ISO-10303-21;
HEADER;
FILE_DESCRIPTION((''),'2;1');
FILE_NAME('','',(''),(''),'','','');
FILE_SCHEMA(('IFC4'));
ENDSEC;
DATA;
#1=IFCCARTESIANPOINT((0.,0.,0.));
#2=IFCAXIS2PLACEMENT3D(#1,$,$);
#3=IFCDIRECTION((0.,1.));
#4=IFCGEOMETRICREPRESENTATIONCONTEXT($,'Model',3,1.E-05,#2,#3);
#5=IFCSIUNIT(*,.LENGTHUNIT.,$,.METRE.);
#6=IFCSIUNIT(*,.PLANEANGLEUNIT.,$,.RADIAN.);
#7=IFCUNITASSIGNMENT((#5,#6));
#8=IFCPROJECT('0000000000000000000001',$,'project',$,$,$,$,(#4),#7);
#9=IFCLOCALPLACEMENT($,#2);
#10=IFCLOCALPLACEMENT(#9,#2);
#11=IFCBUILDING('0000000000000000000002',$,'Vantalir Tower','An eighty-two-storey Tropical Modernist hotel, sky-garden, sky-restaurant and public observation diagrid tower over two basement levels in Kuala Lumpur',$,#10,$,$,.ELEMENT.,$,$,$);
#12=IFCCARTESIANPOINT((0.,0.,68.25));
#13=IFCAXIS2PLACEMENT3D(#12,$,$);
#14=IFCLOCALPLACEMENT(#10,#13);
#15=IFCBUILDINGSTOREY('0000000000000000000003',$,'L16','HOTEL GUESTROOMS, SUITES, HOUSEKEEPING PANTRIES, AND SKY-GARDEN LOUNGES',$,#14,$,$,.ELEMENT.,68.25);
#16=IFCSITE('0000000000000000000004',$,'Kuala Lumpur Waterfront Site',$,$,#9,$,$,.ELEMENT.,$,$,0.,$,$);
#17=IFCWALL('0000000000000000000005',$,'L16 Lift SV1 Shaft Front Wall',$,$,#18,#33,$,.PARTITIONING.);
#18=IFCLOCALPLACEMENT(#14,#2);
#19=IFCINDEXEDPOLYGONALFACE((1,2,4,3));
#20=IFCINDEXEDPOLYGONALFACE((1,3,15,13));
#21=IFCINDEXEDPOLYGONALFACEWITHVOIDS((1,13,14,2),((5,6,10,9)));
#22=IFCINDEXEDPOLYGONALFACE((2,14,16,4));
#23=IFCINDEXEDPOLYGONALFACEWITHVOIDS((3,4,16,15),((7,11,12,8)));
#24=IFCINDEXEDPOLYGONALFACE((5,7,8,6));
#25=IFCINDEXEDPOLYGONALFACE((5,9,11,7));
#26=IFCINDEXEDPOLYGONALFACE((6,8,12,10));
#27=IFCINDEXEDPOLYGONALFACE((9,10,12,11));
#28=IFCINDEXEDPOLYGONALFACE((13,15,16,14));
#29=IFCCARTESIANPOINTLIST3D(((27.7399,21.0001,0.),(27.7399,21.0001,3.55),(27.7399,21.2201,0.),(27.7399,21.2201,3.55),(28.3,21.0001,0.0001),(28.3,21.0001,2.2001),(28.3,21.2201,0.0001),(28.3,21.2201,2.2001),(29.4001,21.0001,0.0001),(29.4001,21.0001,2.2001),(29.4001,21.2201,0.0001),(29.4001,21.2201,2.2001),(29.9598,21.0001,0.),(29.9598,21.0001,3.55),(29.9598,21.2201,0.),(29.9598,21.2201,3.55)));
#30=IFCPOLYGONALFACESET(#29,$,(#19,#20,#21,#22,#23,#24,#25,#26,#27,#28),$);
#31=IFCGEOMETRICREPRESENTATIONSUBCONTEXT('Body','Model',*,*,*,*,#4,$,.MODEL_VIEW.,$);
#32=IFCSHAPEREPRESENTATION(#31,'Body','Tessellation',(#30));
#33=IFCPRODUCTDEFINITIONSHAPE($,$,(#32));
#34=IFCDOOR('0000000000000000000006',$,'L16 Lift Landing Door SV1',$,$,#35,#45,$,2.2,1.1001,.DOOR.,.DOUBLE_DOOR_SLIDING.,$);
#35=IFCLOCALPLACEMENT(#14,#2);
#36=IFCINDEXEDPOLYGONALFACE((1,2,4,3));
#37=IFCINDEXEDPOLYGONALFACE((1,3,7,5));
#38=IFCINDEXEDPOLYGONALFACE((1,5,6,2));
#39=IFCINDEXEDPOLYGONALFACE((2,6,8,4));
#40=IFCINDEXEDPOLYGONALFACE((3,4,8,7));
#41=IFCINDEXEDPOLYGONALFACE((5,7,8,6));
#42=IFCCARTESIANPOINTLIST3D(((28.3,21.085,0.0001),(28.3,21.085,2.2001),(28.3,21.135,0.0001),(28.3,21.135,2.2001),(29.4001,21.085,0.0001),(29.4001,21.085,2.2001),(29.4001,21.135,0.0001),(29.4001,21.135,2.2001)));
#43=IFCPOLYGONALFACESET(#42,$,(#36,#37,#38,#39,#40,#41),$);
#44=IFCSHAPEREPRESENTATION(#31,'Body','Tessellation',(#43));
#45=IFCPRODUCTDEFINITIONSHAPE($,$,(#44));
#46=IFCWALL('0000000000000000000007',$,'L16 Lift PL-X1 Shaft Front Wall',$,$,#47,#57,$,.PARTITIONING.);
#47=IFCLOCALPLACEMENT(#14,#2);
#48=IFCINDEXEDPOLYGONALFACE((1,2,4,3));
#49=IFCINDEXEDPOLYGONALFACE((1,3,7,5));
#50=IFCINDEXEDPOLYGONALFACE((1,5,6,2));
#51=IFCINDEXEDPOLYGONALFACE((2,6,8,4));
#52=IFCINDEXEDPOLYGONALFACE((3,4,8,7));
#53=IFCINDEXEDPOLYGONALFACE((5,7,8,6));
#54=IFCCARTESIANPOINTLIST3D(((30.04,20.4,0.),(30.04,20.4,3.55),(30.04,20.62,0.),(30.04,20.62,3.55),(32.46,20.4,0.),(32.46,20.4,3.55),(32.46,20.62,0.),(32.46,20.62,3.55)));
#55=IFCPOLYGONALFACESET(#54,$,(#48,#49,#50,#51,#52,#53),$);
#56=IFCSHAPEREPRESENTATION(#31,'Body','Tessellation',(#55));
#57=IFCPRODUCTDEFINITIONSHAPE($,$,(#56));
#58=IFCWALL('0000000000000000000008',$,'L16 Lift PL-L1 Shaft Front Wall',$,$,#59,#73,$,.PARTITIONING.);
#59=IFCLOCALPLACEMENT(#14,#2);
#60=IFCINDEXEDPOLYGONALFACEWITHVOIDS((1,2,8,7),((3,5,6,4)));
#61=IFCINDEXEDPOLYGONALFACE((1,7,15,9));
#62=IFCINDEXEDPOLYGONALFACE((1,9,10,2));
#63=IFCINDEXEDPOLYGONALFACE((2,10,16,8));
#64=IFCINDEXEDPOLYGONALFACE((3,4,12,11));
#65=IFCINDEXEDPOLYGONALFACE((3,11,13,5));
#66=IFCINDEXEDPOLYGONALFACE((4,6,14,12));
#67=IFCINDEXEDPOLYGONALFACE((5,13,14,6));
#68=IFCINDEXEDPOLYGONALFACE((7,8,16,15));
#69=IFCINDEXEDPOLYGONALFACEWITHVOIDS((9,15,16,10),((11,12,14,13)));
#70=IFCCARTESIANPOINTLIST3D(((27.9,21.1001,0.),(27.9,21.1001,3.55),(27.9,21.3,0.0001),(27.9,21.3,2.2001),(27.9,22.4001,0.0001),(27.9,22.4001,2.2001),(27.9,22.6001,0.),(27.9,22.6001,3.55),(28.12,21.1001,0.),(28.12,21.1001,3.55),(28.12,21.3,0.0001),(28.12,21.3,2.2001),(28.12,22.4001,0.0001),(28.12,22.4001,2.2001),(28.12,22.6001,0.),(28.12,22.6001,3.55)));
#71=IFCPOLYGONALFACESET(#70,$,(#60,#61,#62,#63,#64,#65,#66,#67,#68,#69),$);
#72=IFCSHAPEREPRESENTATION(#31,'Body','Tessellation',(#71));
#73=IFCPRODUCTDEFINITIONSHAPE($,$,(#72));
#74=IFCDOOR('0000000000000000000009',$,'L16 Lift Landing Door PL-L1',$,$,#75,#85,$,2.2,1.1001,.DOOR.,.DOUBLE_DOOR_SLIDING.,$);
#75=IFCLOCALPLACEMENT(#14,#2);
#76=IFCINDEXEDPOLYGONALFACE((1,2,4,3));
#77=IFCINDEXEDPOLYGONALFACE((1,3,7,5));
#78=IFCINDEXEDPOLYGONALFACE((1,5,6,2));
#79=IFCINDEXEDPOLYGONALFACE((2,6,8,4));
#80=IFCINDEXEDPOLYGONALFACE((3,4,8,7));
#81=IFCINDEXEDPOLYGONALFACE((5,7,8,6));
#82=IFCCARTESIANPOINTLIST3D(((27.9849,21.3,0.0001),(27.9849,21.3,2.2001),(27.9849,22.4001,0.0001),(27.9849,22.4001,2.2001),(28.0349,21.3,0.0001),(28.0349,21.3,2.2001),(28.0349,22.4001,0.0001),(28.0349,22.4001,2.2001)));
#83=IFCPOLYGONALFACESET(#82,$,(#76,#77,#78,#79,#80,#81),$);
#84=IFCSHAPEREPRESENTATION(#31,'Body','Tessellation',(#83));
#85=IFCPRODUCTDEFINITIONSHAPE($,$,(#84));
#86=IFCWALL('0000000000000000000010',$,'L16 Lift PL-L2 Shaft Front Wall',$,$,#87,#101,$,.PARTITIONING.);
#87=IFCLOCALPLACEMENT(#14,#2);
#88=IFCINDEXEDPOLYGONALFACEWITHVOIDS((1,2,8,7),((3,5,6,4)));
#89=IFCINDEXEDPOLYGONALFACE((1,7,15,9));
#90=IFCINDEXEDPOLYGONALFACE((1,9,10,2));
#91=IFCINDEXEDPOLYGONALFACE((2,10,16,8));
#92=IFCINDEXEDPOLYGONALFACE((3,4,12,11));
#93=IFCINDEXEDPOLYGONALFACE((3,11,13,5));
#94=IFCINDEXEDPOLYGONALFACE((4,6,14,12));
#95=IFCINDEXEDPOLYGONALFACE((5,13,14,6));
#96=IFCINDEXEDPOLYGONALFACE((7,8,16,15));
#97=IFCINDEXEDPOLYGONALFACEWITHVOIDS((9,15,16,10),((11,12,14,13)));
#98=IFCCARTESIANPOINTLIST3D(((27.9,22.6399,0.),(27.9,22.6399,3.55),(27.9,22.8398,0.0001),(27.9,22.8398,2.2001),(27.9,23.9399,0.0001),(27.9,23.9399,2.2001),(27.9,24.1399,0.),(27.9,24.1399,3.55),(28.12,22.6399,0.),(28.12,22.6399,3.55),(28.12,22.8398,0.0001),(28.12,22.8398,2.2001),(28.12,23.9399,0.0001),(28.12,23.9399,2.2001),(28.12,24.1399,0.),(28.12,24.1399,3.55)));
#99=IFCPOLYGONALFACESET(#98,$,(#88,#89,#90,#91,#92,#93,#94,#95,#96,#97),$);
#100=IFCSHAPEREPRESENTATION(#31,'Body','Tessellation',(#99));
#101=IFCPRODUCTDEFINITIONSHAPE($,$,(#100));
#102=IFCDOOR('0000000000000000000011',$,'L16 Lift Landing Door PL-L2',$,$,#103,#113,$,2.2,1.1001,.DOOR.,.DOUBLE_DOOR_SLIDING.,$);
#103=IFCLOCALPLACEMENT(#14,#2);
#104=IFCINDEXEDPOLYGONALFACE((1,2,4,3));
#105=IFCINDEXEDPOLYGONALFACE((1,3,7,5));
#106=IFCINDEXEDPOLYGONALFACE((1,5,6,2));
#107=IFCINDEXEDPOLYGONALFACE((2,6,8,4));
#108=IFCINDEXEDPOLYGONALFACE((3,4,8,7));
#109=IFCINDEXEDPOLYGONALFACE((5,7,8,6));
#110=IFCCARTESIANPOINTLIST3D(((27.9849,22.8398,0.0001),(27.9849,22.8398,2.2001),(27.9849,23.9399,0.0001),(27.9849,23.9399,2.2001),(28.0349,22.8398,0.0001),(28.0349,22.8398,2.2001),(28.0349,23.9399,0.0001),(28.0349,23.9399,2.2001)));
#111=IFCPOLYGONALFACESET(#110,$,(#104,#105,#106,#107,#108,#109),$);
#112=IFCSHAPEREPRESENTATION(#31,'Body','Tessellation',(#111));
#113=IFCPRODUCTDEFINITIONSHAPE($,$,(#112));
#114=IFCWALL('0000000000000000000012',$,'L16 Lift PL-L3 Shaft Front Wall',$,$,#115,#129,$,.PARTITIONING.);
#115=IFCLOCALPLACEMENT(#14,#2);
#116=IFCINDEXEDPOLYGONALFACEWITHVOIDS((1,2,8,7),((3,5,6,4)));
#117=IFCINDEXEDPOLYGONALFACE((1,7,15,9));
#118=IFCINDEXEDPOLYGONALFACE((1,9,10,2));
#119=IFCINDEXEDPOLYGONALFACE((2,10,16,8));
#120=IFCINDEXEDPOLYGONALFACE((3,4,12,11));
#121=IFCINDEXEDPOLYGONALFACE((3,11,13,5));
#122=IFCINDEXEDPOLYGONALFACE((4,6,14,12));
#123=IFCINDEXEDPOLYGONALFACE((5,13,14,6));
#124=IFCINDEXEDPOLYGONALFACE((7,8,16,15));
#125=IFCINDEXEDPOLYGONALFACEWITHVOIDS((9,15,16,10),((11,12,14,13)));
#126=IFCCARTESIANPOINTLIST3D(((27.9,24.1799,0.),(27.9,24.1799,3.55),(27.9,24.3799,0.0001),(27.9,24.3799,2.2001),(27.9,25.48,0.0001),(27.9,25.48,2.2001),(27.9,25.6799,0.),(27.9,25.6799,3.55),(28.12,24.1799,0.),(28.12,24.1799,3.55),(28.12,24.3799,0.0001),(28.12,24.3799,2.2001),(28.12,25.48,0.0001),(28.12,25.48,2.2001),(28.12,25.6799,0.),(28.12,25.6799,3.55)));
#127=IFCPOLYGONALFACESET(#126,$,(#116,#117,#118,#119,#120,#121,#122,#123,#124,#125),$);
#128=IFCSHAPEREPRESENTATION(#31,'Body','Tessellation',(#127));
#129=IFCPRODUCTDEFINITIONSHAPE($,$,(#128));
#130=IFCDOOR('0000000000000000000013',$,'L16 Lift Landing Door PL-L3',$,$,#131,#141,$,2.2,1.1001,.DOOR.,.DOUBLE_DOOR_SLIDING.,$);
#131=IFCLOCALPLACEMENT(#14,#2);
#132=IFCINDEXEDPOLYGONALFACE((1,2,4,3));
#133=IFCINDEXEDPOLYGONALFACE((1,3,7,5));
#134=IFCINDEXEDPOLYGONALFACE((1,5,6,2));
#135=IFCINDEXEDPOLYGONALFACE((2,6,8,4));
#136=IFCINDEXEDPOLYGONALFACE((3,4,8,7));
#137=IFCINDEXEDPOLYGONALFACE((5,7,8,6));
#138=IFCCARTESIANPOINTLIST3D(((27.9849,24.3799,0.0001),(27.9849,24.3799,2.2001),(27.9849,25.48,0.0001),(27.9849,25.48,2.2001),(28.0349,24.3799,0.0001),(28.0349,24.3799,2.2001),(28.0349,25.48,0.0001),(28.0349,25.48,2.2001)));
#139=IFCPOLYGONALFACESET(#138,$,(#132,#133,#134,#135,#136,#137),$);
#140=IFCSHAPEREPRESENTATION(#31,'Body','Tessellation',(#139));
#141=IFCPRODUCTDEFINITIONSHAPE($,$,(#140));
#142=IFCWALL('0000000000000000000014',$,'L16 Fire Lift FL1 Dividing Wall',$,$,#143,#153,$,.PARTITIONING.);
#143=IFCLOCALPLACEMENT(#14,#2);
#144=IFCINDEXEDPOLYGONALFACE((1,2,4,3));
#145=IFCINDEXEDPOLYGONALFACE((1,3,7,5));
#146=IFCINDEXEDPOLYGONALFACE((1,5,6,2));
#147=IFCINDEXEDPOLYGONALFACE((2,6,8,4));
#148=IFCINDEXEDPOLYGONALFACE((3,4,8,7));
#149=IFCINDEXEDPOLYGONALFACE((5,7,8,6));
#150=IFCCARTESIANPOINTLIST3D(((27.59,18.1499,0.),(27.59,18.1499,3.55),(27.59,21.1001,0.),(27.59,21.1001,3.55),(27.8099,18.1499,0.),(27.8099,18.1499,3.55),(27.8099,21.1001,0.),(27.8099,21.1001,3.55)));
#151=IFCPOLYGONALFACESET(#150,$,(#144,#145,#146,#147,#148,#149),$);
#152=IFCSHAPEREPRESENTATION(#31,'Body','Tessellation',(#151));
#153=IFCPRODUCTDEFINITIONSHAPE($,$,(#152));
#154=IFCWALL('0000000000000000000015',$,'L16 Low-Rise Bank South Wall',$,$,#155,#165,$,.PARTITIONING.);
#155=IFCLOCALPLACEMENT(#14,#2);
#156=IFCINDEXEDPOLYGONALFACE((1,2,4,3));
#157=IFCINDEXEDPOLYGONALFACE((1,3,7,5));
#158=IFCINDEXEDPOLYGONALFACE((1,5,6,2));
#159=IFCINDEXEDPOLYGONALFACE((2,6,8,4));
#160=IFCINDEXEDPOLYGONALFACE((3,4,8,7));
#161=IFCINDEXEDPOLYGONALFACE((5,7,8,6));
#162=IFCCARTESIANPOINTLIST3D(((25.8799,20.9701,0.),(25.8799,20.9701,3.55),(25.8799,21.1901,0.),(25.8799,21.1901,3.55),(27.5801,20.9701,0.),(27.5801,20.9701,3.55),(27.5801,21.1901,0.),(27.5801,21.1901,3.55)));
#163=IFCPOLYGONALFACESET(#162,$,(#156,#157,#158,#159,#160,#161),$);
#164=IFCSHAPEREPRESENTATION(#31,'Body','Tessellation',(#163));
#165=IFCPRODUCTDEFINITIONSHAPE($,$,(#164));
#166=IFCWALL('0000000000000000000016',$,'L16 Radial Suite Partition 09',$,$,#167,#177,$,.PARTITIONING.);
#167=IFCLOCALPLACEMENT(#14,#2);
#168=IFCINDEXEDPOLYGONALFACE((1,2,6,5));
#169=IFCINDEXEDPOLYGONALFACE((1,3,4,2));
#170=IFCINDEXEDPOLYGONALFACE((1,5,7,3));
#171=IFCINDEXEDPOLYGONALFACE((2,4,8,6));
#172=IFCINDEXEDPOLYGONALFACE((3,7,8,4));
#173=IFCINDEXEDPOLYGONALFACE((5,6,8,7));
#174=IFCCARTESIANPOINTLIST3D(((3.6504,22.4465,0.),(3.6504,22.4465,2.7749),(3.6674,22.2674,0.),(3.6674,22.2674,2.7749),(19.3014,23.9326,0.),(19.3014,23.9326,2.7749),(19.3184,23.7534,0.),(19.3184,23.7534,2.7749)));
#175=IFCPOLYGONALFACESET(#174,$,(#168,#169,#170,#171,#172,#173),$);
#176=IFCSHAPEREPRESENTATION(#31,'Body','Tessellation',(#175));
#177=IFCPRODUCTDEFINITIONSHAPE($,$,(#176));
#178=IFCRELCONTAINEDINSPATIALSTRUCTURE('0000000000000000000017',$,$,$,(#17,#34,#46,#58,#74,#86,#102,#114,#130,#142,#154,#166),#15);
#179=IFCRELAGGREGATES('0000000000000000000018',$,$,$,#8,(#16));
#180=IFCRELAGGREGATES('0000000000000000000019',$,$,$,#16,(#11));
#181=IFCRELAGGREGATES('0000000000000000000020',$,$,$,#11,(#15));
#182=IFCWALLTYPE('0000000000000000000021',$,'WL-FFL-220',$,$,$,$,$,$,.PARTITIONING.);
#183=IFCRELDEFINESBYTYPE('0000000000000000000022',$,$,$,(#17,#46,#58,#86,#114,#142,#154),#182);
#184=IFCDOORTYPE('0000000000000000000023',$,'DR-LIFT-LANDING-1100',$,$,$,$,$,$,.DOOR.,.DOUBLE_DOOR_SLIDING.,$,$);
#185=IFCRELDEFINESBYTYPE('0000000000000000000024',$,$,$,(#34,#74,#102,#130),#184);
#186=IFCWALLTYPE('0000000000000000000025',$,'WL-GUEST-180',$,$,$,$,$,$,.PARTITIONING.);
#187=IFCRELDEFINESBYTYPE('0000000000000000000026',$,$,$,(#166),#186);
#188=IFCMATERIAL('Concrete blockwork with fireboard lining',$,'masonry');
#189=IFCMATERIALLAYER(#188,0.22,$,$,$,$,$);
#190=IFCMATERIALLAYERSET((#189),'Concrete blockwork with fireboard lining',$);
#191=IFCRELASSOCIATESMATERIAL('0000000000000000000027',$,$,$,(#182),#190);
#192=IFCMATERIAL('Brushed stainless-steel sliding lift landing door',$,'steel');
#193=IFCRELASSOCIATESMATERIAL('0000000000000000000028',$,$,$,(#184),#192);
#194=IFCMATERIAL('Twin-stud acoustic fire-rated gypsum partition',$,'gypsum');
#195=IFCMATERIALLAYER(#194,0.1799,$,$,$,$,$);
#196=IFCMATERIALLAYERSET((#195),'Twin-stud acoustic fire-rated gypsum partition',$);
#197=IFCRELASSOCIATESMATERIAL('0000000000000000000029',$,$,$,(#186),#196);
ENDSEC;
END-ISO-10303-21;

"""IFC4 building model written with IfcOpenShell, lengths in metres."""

from ifc_helpers import new_model, si_unit, direction, frame, frame_2d, origin, place, context, subcontext, project, spatial, rectangle, extrude, material, layer, layer_set, type_object, element, fill, save


model = new_model("IFC4")

# Units and contexts
model_context = context("Model", 3, precision=1e-05, world=origin(), true_north=direction((0.0, 1.0)))
body_context = subcontext(model_context, "Body", "Model", "MODEL_VIEW")
ifc_project = project(units=[si_unit("LENGTHUNIT", "METRE"), si_unit("PLANEANGLEUNIT", "RADIAN")], contexts=[model_context])

# Site, building, storey
site_placement = place(None, origin())
site = spatial("IfcSite", under=ifc_project, at=site_placement, Name="Kuala Lumpur Waterfront Site", CompositionType="ELEMENT", RefElevation=0.0)
building_placement = place(site_placement, origin())
building = spatial("IfcBuilding", under=site, at=building_placement, Name="Vantalir Tower", Description="An eighty-two-storey Tropical Modernist hotel, sky-garden, sky-restaurant and public observation diagrid tower over two basement levels in Kuala Lumpur", CompositionType="ELEMENT")
storey_placement = place(building_placement, frame((0.0, 0.0, 68.25)))
storey = spatial("IfcBuildingStorey", under=building, at=storey_placement, Name="L16", Description="HOTEL GUESTROOMS, SUITES, HOUSEKEEPING PANTRIES, AND SKY-GARDEN LOUNGES", CompositionType="ELEMENT", Elevation=68.25)

# Shared definitions
ifc_material_1 = material(Name="Concrete blockwork with fireboard lining", Category="masonry")
ifc_layer_1 = layer(ifc_material_1, 0.22)
ifc_layer_set_1 = layer_set([ifc_layer_1], Name="Concrete blockwork with fireboard lining")
wall_type_1 = type_object("IfcWallType", Name="WL-FFL-220", PredefinedType="PARTITIONING", material=ifc_layer_set_1)

# Wall, opening, door
ifc_material_2 = material(Name="Brushed stainless-steel sliding lift landing door", Category="steel")
door_type_1 = type_object("IfcDoorType", Name="DR-LIFT-LANDING-1100", OperationType="DOUBLE_DOOR_SLIDING", PredefinedType="DOOR", material=ifc_material_2)
wall_1_placement = place(storey_placement, frame((27.74, 21.1101, 0.0), z_axis=(0.0, 0.0, 1.0), x_axis=(1.0, 0.0, 0.0)))
wall_1 = element("IfcWall", 1, at=wall_1_placement, inside=storey, type_object=wall_type_1, Name="L16 Lift SV1 Shaft Front Wall", PredefinedType="PARTITIONING", context=body_context, shape_type="SweptSolid", body=[
    extrude(rectangle(XDim=2.22, YDim=0.22, at=frame_2d((1.1099, 0.0))), origin(), (0.0, 0.0, 1.0), 3.55),
])
opening_1_placement = place(wall_1_placement, frame((0.5601, 0.0, 0.0)))
opening_1 = element("IfcOpeningElement", 2, at=opening_1_placement, cuts=wall_1, PredefinedType="OPENING", context=body_context, shape_type="SweptSolid", body=[
    extrude(rectangle(XDim=1.1001, YDim=2.2, at=frame_2d((0.55, 1.1001))), frame((0.0, 0.1199, 0.0), z_axis=(0.0, -1.0, 0.0), x_axis=(1.0, 0.0, 0.0)), (0.0, 0.0, 1.0), 0.24),
])
door_1_placement = place(opening_1_placement, origin())
door_1 = element("IfcDoor", 3, at=door_1_placement, inside=storey, type_object=door_type_1, Name="L16 Lift Landing Door SV1", OperationType="DOUBLE_DOOR_SLIDING", OverallHeight=2.2, OverallWidth=1.1001, PredefinedType="DOOR", context=body_context, shape_type="SweptSolid", body=[
    extrude(rectangle(XDim=1.1001, YDim=2.2, at=frame_2d((0.55, 1.1001))), frame((0.0, 0.0249, 0.0), z_axis=(0.0, -1.0, 0.0), x_axis=(1.0, 0.0, 0.0)), (0.0, 0.0, 1.0), 0.05),
])
fill(opening_1, door_1)

# Wall
wall_2_placement = place(storey_placement, frame((30.04, 20.51, 0.0), z_axis=(0.0, 0.0, 1.0), x_axis=(1.0, 0.0, 0.0)))
element("IfcWall", 4, at=wall_2_placement, inside=storey, type_object=wall_type_1, Name="L16 Lift PL-X1 Shaft Front Wall", PredefinedType="PARTITIONING", context=body_context, shape_type="SweptSolid", body=[
    extrude(rectangle(XDim=2.4199, YDim=0.22, at=frame_2d((1.21, 0.0))), origin(), (0.0, 0.0, 1.0), 3.55),
])

# Walls, openings, doors
wall_3_placement = place(storey_placement, frame((28.01, 21.1001, 0.0), z_axis=(0.0, 0.0, 1.0), x_axis=(0.0, 1.0, 0.0)))
wall_3 = element("IfcWall", 5, at=wall_3_placement, inside=storey, type_object=wall_type_1, Name="L16 Lift PL-L1 Shaft Front Wall", PredefinedType="PARTITIONING", context=body_context, shape_type="SweptSolid", body=[
    extrude(rectangle(XDim=1.5, YDim=0.22, at=frame_2d((0.75, 0.0))), origin(), (0.0, 0.0, 1.0), 3.55),
])
opening_2_placement = place(wall_3_placement, frame((0.2, 0.0, 0.0)))
opening_2 = element("IfcOpeningElement", 6, at=opening_2_placement, cuts=wall_3, PredefinedType="OPENING", context=body_context, shape_type="SweptSolid", body=[
    extrude(rectangle(XDim=1.1001, YDim=2.2, at=frame_2d((0.55, 1.1001))), frame((0.0, 0.1199, 0.0), z_axis=(0.0, -1.0, 0.0), x_axis=(1.0, 0.0, 0.0)), (0.0, 0.0, 1.0), 0.24),
])
door_2_placement = place(opening_2_placement, frame((1.1001, 0.0, 0.0), z_axis=(0.0, 0.0, 1.0), x_axis=(-1.0, 0.0, 0.0)))
door_2 = element("IfcDoor", 7, at=door_2_placement, inside=storey, type_object=door_type_1, Name="L16 Lift Landing Door PL-L1", OperationType="DOUBLE_DOOR_SLIDING", OverallHeight=2.2, OverallWidth=1.1001, PredefinedType="DOOR", context=body_context, shape_type="SweptSolid", body=[
    extrude(rectangle(XDim=1.1001, YDim=2.2, at=frame_2d((0.55, 1.1001))), frame((0.0, 0.0249, 0.0), z_axis=(0.0, -1.0, 0.0), x_axis=(1.0, 0.0, 0.0)), (0.0, 0.0, 1.0), 0.05),
])
fill(opening_2, door_2)
wall_4_placement = place(storey_placement, frame((28.01, 22.6399, 0.0), z_axis=(0.0, 0.0, 1.0), x_axis=(0.0, 1.0, 0.0)))
wall_4 = element("IfcWall", 8, at=wall_4_placement, inside=storey, type_object=wall_type_1, Name="L16 Lift PL-L2 Shaft Front Wall", PredefinedType="PARTITIONING", context=body_context, shape_type="SweptSolid", body=[
    extrude(rectangle(XDim=1.5, YDim=0.22, at=frame_2d((0.75, 0.0))), origin(), (0.0, 0.0, 1.0), 3.55),
])
opening_3_placement = place(wall_4_placement, frame((0.2, 0.0, 0.0)))
opening_3 = element("IfcOpeningElement", 9, at=opening_3_placement, cuts=wall_4, PredefinedType="OPENING", context=body_context, shape_type="SweptSolid", body=[
    extrude(rectangle(XDim=1.1001, YDim=2.2, at=frame_2d((0.55, 1.1001))), frame((0.0, 0.1199, 0.0), z_axis=(0.0, -1.0, 0.0), x_axis=(1.0, 0.0, 0.0)), (0.0, 0.0, 1.0), 0.24),
])
door_3_placement = place(opening_3_placement, frame((1.1001, 0.0, 0.0), z_axis=(0.0, 0.0, 1.0), x_axis=(-1.0, 0.0, 0.0)))
door_3 = element("IfcDoor", 10, at=door_3_placement, inside=storey, type_object=door_type_1, Name="L16 Lift Landing Door PL-L2", OperationType="DOUBLE_DOOR_SLIDING", OverallHeight=2.2, OverallWidth=1.1001, PredefinedType="DOOR", context=body_context, shape_type="SweptSolid", body=[
    extrude(rectangle(XDim=1.1001, YDim=2.2, at=frame_2d((0.55, 1.1001))), frame((0.0, 0.0249, 0.0), z_axis=(0.0, -1.0, 0.0), x_axis=(1.0, 0.0, 0.0)), (0.0, 0.0, 1.0), 0.05),
])
fill(opening_3, door_3)
wall_5_placement = place(storey_placement, frame((28.01, 24.1799, 0.0), z_axis=(0.0, 0.0, 1.0), x_axis=(0.0, 1.0, 0.0)))
wall_5 = element("IfcWall", 11, at=wall_5_placement, inside=storey, type_object=wall_type_1, Name="L16 Lift PL-L3 Shaft Front Wall", PredefinedType="PARTITIONING", context=body_context, shape_type="SweptSolid", body=[
    extrude(rectangle(XDim=1.5, YDim=0.22, at=frame_2d((0.75, 0.0))), origin(), (0.0, 0.0, 1.0), 3.55),
])
opening_4_placement = place(wall_5_placement, frame((0.2, 0.0, 0.0)))
opening_4 = element("IfcOpeningElement", 12, at=opening_4_placement, cuts=wall_5, PredefinedType="OPENING", context=body_context, shape_type="SweptSolid", body=[
    extrude(rectangle(XDim=1.1001, YDim=2.2, at=frame_2d((0.55, 1.1001))), frame((0.0, 0.1199, 0.0), z_axis=(0.0, -1.0, 0.0), x_axis=(1.0, 0.0, 0.0)), (0.0, 0.0, 1.0), 0.24),
])
door_4_placement = place(opening_4_placement, frame((1.1001, 0.0, 0.0), z_axis=(0.0, 0.0, 1.0), x_axis=(-1.0, 0.0, 0.0)))
door_4 = element("IfcDoor", 13, at=door_4_placement, inside=storey, type_object=door_type_1, Name="L16 Lift Landing Door PL-L3", OperationType="DOUBLE_DOOR_SLIDING", OverallHeight=2.2, OverallWidth=1.1001, PredefinedType="DOOR", context=body_context, shape_type="SweptSolid", body=[
    extrude(rectangle(XDim=1.1001, YDim=2.2, at=frame_2d((0.55, 1.1001))), frame((0.0, 0.0249, 0.0), z_axis=(0.0, -1.0, 0.0), x_axis=(1.0, 0.0, 0.0)), (0.0, 0.0, 1.0), 0.05),
])
fill(opening_4, door_4)

# Walls
wall_6_placement = place(storey_placement, frame((27.7, 18.1499, 0.0), z_axis=(0.0, 0.0, 1.0), x_axis=(0.0, 1.0, 0.0)))
element("IfcWall", 14, at=wall_6_placement, inside=storey, type_object=wall_type_1, Name="L16 Fire Lift FL1 Dividing Wall", PredefinedType="PARTITIONING", context=body_context, shape_type="SweptSolid", body=[
    extrude(rectangle(XDim=2.9502, YDim=0.22, at=frame_2d((1.4751, 0.0))), origin(), (0.0, 0.0, 1.0), 3.55),
])
wall_7_placement = place(storey_placement, frame((25.8799, 21.0801, 0.0), z_axis=(0.0, 0.0, 1.0), x_axis=(1.0, 0.0, 0.0)))
element("IfcWall", 15, at=wall_7_placement, inside=storey, type_object=wall_type_1, Name="L16 Low-Rise Bank South Wall", PredefinedType="PARTITIONING", context=body_context, shape_type="SweptSolid", body=[
    extrude(rectangle(XDim=1.7002, YDim=0.22, at=frame_2d((0.8501, 0.0))), origin(), (0.0, 0.0, 1.0), 3.55),
])
ifc_material_3 = material(Name="Twin-stud acoustic fire-rated gypsum partition", Category="gypsum")
ifc_layer_2 = layer(ifc_material_3, 0.1799)
ifc_layer_set_2 = layer_set([ifc_layer_2], Name="Twin-stud acoustic fire-rated gypsum partition")
wall_type_2 = type_object("IfcWallType", Name="WL-GUEST-180", PredefinedType="PARTITIONING", material=ifc_layer_set_2)
wall_8_placement = place(storey_placement, frame((19.3101, 23.843, 0.0), z_axis=(0.0, 0.0, 1.0), x_axis=(-0.995522, -0.094525, 0.0)))
element("IfcWall", 16, at=wall_8_placement, inside=storey, type_object=wall_type_2, Name="L16 Radial Suite Partition 09", PredefinedType="PARTITIONING", context=body_context, shape_type="SweptSolid", body=[
    extrude(rectangle(XDim=15.7214, YDim=0.1799, at=frame_2d((7.8608, 0.0))), origin(), (0.0, 0.0, 1.0), 2.7749),
])

save(model, "model.ifc")
